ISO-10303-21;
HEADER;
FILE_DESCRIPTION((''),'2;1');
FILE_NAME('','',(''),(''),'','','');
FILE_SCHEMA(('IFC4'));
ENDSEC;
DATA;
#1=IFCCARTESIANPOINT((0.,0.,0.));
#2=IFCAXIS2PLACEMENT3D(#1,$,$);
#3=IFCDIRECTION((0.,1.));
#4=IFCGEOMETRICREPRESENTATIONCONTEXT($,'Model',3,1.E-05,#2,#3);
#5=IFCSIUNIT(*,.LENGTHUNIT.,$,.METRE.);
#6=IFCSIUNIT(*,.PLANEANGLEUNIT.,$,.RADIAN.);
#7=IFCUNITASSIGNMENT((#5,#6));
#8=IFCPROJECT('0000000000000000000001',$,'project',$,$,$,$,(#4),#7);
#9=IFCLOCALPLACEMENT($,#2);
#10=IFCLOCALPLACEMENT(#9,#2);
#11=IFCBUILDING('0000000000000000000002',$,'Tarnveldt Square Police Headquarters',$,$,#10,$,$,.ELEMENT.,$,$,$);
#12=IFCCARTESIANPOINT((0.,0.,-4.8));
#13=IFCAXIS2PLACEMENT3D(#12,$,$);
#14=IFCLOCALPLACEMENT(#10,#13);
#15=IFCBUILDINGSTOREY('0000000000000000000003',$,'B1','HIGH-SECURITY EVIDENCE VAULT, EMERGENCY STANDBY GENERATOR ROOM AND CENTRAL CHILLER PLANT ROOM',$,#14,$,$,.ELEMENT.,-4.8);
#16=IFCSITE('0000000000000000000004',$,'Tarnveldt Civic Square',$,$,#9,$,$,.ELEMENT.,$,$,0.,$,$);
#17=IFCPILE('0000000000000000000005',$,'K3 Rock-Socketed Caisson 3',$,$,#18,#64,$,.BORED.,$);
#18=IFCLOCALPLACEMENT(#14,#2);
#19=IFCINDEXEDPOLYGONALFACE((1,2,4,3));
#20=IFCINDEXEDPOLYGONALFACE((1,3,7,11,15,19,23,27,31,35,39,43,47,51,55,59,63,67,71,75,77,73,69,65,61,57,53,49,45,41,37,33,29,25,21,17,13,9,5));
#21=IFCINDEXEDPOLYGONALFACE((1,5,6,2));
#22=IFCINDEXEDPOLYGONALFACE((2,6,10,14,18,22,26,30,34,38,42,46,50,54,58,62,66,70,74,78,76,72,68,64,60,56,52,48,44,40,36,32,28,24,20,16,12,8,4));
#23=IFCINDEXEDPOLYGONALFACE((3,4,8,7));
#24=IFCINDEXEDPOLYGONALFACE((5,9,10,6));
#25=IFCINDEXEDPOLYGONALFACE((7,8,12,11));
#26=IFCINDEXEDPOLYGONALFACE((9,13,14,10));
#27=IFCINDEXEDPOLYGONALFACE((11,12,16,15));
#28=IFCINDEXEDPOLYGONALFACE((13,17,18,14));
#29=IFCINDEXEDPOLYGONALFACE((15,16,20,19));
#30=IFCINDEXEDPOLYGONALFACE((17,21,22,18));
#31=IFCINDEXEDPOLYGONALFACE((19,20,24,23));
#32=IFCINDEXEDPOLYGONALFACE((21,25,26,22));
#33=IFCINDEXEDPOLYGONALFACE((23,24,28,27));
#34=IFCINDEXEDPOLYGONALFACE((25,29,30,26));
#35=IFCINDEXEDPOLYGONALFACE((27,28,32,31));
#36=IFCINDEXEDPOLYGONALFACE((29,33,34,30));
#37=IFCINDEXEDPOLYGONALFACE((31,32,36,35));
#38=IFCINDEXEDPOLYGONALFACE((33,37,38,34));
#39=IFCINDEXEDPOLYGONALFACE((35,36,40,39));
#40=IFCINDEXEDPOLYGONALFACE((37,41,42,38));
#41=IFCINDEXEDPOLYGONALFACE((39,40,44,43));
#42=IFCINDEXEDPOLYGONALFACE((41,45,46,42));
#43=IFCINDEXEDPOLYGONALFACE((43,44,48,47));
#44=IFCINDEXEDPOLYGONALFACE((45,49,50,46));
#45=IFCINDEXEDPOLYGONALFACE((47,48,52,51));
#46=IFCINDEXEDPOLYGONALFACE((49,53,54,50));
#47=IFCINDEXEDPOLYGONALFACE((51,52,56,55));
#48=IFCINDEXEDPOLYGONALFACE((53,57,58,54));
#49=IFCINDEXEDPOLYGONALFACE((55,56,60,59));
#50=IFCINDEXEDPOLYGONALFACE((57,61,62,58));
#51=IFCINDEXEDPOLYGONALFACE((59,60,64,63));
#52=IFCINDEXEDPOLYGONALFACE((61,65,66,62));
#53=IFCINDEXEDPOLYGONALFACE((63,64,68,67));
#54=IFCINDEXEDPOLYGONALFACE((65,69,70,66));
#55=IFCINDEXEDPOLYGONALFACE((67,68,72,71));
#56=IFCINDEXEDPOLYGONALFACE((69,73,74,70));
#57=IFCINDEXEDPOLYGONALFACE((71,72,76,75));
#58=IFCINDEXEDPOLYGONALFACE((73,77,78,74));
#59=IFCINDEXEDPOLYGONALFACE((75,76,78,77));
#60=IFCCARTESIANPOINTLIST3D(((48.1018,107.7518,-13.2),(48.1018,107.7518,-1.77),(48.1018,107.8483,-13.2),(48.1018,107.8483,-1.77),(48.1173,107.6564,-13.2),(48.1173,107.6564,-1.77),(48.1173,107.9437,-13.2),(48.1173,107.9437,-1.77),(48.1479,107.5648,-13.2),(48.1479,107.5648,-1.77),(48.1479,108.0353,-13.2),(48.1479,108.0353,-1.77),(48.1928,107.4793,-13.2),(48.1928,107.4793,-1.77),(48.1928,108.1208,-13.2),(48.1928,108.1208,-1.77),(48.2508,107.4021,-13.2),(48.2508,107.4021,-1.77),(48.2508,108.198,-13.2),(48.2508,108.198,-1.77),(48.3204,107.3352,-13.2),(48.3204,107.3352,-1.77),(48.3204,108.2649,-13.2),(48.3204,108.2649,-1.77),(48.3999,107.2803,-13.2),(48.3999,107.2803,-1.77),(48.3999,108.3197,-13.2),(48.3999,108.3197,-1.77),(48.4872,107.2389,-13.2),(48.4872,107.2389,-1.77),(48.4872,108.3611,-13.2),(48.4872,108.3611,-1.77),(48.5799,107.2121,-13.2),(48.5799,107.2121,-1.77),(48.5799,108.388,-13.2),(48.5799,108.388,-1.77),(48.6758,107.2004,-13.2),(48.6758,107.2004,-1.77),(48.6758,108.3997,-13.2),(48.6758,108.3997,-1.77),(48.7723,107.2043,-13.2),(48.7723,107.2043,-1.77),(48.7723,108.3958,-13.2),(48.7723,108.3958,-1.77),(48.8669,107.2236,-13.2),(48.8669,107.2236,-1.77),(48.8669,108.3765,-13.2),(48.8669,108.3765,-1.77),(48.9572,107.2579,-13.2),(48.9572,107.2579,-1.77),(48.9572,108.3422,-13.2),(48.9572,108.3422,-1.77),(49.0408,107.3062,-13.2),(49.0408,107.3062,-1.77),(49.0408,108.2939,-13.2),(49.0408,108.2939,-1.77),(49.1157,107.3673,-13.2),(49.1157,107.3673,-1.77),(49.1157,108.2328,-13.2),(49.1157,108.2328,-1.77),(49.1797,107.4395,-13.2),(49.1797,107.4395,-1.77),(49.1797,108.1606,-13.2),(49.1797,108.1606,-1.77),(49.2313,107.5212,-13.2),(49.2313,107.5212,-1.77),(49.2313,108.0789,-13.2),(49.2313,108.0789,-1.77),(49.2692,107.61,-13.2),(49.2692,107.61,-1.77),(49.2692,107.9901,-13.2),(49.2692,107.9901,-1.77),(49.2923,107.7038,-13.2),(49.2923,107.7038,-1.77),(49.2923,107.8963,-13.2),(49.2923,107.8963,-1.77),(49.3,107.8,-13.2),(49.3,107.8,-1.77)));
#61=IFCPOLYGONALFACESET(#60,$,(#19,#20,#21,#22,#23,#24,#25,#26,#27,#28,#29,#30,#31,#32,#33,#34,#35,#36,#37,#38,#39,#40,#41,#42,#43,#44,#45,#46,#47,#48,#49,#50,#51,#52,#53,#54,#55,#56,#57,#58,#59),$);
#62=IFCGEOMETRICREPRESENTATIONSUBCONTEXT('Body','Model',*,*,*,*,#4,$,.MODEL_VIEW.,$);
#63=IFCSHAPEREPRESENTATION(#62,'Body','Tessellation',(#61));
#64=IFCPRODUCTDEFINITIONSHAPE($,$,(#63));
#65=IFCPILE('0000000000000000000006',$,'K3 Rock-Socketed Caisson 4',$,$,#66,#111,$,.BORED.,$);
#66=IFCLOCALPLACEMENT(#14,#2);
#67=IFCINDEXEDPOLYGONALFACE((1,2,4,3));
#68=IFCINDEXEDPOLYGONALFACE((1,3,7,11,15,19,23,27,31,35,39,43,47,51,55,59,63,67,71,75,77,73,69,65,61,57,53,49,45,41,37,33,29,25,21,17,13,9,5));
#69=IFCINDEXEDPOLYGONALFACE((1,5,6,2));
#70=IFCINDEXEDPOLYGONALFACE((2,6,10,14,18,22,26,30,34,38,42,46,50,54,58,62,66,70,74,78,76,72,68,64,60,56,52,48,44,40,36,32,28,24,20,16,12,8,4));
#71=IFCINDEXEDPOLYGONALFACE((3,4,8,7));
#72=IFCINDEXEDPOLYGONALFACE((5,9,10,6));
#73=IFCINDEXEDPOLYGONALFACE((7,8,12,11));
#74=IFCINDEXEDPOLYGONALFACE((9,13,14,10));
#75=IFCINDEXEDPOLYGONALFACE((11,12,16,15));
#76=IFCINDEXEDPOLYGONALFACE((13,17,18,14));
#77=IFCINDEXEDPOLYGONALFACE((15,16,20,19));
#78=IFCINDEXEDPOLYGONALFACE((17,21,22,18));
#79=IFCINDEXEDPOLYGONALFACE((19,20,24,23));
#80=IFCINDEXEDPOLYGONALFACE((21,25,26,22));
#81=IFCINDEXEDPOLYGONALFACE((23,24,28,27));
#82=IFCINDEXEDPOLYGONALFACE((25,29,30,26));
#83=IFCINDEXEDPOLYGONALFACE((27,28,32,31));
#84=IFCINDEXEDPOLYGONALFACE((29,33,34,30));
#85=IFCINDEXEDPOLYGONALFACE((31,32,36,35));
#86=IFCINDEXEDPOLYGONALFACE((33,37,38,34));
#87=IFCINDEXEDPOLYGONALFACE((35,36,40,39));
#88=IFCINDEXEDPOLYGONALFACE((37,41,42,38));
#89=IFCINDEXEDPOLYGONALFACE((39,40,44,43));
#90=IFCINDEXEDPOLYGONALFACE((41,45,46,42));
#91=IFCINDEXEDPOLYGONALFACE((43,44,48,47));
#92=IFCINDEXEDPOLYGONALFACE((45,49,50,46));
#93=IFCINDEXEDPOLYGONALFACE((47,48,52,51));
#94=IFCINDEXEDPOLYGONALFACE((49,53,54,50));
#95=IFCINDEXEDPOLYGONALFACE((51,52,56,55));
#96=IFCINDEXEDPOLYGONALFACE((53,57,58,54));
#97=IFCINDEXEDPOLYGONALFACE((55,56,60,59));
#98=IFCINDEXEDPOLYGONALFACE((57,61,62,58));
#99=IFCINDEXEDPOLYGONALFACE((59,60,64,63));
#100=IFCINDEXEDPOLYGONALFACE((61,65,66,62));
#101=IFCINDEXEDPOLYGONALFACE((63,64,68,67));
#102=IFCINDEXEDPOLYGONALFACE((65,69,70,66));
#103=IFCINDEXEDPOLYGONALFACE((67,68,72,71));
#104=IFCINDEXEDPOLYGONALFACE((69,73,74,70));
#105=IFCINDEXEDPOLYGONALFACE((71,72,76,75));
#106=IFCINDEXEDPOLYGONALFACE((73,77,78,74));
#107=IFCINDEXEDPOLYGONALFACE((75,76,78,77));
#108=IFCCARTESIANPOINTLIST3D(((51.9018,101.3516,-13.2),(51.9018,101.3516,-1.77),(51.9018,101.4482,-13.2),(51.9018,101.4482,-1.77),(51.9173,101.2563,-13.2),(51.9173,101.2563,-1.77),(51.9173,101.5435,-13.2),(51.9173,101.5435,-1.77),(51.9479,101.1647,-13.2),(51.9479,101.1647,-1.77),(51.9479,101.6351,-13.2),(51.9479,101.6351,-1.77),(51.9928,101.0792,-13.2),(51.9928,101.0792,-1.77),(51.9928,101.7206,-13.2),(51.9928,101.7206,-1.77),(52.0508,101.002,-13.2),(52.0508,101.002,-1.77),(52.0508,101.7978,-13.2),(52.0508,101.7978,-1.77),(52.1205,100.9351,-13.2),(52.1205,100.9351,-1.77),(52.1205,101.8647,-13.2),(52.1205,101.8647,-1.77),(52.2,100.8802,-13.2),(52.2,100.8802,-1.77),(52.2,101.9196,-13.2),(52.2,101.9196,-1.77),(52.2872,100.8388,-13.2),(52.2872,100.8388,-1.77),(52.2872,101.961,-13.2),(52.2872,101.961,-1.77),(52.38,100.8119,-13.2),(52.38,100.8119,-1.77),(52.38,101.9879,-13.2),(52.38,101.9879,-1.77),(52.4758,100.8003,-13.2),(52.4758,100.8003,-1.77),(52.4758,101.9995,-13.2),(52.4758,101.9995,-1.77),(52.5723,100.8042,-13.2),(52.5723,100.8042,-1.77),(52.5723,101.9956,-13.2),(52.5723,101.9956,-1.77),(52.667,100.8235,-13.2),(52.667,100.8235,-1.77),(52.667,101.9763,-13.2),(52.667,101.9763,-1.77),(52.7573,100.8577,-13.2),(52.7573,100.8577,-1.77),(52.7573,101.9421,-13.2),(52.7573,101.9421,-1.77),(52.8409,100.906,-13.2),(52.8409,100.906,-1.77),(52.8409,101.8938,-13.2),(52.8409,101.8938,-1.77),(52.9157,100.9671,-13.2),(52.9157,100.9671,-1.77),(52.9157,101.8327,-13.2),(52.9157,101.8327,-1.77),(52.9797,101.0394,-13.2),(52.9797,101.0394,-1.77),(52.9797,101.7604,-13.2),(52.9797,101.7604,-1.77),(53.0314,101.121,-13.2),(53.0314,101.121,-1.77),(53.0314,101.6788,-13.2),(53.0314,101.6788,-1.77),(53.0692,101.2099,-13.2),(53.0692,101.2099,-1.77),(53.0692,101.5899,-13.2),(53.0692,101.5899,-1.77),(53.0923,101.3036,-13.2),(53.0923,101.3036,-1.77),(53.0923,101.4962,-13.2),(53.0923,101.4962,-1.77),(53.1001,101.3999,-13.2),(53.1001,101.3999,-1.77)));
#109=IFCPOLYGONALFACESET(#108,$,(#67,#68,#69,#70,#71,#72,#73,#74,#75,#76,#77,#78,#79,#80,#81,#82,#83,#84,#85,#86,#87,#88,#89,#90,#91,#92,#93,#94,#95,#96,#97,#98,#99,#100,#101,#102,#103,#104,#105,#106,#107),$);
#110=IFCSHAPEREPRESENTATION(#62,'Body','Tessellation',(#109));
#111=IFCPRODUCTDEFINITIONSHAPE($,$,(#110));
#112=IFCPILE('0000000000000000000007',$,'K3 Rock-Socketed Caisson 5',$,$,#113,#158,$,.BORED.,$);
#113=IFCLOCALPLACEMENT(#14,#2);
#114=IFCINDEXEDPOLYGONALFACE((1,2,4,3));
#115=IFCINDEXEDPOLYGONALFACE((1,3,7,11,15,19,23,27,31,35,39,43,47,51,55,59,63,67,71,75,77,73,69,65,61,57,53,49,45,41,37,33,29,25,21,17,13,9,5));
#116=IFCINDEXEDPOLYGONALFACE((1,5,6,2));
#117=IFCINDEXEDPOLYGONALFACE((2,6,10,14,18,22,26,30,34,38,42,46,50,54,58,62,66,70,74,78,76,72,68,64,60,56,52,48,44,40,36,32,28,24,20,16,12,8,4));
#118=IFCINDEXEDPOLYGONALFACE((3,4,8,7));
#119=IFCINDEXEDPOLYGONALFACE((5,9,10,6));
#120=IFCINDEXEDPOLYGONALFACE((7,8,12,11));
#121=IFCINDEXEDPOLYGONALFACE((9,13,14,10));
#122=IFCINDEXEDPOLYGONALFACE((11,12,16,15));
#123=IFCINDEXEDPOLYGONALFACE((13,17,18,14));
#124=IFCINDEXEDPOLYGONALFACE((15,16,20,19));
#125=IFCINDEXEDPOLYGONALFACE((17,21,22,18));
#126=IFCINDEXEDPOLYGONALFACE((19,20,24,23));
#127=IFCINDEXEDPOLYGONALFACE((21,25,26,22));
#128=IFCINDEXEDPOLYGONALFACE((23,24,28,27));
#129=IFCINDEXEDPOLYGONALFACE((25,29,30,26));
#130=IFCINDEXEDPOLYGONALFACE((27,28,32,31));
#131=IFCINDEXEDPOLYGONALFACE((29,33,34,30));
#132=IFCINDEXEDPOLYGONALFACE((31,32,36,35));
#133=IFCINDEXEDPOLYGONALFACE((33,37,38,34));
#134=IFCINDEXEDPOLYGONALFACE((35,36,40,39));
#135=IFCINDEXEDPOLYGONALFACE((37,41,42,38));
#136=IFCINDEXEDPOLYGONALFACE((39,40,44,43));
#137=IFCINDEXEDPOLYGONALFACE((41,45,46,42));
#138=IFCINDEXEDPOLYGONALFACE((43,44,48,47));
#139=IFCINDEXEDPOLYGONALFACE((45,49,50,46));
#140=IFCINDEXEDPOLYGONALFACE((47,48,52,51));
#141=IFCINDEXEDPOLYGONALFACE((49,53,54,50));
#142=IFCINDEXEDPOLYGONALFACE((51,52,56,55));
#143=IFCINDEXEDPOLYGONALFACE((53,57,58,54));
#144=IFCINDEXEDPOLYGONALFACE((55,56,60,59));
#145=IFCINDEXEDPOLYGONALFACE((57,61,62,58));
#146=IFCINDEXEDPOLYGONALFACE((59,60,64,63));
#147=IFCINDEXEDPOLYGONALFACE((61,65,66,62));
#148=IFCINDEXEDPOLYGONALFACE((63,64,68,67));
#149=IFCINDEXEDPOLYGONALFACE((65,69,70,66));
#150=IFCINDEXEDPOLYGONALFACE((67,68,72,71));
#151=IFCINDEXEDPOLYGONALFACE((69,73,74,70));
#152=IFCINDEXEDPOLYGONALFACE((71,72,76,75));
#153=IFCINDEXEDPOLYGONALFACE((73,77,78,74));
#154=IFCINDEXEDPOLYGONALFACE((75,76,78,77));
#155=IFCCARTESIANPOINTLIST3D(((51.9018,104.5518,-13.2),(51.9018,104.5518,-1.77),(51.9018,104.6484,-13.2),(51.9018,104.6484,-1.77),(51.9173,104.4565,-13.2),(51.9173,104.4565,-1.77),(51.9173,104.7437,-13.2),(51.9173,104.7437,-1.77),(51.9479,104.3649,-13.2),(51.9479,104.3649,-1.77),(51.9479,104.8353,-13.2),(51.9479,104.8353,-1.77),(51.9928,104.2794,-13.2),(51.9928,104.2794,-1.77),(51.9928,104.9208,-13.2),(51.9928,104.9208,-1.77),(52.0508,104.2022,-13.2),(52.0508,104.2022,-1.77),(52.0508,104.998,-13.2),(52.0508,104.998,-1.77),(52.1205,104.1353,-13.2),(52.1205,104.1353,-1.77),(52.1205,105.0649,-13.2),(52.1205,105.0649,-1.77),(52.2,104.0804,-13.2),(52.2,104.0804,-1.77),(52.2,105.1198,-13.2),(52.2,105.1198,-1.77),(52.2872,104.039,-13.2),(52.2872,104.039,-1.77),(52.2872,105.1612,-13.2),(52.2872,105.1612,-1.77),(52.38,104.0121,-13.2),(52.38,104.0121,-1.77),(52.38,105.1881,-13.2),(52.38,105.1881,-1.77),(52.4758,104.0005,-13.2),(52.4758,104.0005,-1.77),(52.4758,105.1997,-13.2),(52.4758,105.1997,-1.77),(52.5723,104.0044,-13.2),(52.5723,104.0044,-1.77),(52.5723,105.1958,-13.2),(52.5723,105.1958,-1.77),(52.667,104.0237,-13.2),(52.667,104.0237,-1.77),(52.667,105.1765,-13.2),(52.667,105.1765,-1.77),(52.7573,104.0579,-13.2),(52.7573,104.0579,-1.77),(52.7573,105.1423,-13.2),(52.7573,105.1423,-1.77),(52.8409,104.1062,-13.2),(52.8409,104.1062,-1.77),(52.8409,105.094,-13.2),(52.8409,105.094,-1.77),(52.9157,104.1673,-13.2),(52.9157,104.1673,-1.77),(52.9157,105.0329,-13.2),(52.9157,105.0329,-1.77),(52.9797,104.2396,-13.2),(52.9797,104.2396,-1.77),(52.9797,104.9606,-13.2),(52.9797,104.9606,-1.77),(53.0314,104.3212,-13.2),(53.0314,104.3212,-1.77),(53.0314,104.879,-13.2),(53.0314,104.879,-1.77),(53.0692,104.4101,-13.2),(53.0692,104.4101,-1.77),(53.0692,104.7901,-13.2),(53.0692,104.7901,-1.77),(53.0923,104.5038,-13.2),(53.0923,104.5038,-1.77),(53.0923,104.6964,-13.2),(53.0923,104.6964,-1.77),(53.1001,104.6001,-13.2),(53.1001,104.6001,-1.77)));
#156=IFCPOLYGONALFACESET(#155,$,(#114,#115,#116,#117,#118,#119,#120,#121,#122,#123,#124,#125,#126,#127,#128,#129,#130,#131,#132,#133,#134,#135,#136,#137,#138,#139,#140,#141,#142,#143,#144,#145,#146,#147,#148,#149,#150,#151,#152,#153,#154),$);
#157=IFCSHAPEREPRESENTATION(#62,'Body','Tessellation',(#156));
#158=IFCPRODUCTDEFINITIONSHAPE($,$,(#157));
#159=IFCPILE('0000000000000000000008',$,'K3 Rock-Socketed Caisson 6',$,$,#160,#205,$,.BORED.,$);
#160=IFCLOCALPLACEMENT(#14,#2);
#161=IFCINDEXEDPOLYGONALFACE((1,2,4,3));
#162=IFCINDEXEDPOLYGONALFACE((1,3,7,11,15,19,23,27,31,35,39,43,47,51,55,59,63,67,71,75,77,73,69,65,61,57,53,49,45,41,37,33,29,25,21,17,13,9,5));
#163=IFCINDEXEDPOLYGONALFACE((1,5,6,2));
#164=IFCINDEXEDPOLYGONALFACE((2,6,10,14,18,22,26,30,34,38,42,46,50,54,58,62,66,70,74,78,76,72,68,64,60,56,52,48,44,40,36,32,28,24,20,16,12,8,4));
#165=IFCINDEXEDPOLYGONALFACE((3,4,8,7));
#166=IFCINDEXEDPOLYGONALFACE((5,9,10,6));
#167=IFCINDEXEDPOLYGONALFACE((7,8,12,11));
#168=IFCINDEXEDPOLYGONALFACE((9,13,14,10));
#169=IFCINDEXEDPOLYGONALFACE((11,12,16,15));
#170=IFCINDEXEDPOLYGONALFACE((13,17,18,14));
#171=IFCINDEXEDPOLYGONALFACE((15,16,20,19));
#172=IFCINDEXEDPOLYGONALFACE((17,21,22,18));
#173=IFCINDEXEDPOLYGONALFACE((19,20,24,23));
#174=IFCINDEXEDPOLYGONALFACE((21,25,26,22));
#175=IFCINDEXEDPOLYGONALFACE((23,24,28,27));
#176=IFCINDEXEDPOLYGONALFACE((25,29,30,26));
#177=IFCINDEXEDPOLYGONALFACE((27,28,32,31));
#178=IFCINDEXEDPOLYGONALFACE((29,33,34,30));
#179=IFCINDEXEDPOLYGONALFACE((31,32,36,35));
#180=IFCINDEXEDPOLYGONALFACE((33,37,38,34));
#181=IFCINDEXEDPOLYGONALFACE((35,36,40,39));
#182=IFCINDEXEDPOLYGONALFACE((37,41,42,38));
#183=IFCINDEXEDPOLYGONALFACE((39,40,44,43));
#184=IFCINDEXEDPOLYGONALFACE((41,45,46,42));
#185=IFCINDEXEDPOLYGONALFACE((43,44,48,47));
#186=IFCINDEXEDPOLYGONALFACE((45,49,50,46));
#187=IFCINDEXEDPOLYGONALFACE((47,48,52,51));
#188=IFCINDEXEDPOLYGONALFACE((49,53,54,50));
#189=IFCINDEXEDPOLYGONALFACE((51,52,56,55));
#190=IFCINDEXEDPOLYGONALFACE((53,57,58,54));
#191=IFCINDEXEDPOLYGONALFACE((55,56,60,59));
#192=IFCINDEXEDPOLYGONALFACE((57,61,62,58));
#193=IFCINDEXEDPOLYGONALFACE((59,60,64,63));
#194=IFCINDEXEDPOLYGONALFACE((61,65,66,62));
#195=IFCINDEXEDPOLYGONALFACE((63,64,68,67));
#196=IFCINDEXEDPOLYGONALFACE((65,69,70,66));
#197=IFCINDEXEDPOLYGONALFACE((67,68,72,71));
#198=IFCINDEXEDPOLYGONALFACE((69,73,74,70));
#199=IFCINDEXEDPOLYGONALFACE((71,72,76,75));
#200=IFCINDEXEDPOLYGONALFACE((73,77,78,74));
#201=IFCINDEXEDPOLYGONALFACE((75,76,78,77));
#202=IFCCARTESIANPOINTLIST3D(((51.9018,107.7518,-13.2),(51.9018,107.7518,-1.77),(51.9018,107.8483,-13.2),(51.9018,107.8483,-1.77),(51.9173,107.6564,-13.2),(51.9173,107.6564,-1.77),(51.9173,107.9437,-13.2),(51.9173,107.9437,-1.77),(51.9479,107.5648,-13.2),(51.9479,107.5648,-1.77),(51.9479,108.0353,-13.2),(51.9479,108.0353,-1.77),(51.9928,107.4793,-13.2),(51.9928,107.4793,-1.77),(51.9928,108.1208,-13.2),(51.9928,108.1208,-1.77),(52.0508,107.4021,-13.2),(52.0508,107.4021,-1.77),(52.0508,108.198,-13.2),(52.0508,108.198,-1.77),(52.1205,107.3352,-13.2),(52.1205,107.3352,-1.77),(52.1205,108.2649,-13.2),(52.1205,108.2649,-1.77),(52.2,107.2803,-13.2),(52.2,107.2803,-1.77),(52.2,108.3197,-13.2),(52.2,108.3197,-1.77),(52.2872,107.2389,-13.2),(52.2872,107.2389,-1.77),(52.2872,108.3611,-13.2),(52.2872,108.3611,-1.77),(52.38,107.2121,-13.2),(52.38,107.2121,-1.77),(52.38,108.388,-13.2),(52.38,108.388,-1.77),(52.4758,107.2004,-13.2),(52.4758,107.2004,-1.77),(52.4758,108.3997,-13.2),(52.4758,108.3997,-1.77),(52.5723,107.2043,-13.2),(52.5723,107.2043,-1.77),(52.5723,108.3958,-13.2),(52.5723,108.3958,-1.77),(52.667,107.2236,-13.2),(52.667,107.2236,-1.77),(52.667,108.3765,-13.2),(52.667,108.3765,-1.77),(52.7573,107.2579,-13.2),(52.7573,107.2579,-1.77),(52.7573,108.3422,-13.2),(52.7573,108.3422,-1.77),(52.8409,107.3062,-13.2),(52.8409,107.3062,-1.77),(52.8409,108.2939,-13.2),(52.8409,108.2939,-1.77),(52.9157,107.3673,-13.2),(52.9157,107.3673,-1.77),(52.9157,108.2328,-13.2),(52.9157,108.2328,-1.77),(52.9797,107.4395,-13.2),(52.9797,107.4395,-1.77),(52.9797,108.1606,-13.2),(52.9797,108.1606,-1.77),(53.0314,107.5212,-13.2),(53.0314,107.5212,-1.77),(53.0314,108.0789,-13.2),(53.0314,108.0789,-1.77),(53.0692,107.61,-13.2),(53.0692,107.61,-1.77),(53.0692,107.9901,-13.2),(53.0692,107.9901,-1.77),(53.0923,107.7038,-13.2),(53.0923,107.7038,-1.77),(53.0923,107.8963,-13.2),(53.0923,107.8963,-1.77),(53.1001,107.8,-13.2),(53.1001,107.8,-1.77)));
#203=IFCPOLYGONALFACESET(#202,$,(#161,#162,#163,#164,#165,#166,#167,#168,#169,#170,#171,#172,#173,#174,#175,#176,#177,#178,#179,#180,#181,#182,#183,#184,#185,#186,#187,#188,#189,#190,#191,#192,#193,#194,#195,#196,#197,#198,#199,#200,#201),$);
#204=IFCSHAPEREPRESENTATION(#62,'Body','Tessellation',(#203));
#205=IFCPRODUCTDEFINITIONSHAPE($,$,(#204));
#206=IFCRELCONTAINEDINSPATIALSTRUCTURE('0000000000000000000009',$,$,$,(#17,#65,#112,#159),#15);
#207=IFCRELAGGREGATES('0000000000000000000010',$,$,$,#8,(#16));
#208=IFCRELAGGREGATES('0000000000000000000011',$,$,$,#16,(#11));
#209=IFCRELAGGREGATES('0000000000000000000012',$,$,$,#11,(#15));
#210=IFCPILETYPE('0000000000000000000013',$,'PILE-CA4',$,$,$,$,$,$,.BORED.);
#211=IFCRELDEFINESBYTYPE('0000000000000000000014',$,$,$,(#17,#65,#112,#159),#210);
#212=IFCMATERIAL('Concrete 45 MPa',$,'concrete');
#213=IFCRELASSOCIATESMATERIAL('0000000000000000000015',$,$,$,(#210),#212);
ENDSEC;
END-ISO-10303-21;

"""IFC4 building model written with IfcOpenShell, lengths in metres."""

from ifc_helpers import new_model, si_unit, direction, frame, origin, origin_2d, place, context, subcontext, project, spatial, circle, extrude, material, material_profile, profile_set, type_object, element, save


model = new_model("IFC4")

# Units and contexts
model_context = context("Model", 3, precision=1e-05, world=origin(), true_north=direction((0.0, 1.0)))
body_context = subcontext(model_context, "Body", "Model", "MODEL_VIEW")
ifc_project = project(units=[si_unit("LENGTHUNIT", "METRE"), si_unit("PLANEANGLEUNIT", "RADIAN")], contexts=[model_context])

# Site, building, storey
site_placement = place(None, origin())
site = spatial("IfcSite", under=ifc_project, at=site_placement, Name="Tarnveldt Civic Square", CompositionType="ELEMENT", RefElevation=0.0)
building_placement = place(site_placement, origin())
building = spatial("IfcBuilding", under=site, at=building_placement, Name="Tarnveldt Square Police Headquarters", CompositionType="ELEMENT")
storey_placement = place(building_placement, frame((0.0, 0.0, -4.8)))
storey = spatial("IfcBuildingStorey", under=building, at=storey_placement, Name="B1", Description="HIGH-SECURITY EVIDENCE VAULT, EMERGENCY STANDBY GENERATOR ROOM AND CENTRAL CHILLER PLANT ROOM", CompositionType="ELEMENT", Elevation=-4.8)

# Shared definitions
ifc_material_1 = material(Name="Concrete 45 MPa", Category="concrete")

# Piles
ifc_material_profile_1 = material_profile(ifc_material_1, circle(Radius=0.6001, at=origin_2d()), Name="CAISSON-D1200")
ifc_profile_set_1 = profile_set([ifc_material_profile_1], Name="Concrete 45 MPa")
pile_type_1 = type_object("IfcPileType", Name="PILE-CA4", PredefinedType="BORED", material=ifc_profile_set_1)
for number, where, z_axis, x_axis, name in (
    (1, (48.7, 107.8, -1.77), (0.0, 0.0, -1.0), (1.0, 0.0, 0.0), "K3 Rock-Socketed Caisson 3"),
    (2, (52.5, 101.3999, -1.77), (0.0, 0.0, -1.0), (1.0, 0.0, 0.0), "K3 Rock-Socketed Caisson 4"),
    (3, (52.5, 104.6001, -1.77), (0.0, 0.0, -1.0), (1.0, 0.0, 0.0), "K3 Rock-Socketed Caisson 5"),
    (4, (52.5, 107.8, -1.77), (0.0, 0.0, -1.0), (1.0, 0.0, 0.0), "K3 Rock-Socketed Caisson 6"),
):
    element("IfcPile", number, at=place(storey_placement, frame(where, z_axis=z_axis, x_axis=x_axis)), inside=storey, type_object=pile_type_1, Name=name, PredefinedType="BORED", context=body_context, shape_type="SweptSolid", body=[
        extrude(circle(Radius=0.6001, at=origin_2d()), origin(), (0.0, 0.0, 1.0), 11.4299),
    ])

save(model, "model.ifc")
